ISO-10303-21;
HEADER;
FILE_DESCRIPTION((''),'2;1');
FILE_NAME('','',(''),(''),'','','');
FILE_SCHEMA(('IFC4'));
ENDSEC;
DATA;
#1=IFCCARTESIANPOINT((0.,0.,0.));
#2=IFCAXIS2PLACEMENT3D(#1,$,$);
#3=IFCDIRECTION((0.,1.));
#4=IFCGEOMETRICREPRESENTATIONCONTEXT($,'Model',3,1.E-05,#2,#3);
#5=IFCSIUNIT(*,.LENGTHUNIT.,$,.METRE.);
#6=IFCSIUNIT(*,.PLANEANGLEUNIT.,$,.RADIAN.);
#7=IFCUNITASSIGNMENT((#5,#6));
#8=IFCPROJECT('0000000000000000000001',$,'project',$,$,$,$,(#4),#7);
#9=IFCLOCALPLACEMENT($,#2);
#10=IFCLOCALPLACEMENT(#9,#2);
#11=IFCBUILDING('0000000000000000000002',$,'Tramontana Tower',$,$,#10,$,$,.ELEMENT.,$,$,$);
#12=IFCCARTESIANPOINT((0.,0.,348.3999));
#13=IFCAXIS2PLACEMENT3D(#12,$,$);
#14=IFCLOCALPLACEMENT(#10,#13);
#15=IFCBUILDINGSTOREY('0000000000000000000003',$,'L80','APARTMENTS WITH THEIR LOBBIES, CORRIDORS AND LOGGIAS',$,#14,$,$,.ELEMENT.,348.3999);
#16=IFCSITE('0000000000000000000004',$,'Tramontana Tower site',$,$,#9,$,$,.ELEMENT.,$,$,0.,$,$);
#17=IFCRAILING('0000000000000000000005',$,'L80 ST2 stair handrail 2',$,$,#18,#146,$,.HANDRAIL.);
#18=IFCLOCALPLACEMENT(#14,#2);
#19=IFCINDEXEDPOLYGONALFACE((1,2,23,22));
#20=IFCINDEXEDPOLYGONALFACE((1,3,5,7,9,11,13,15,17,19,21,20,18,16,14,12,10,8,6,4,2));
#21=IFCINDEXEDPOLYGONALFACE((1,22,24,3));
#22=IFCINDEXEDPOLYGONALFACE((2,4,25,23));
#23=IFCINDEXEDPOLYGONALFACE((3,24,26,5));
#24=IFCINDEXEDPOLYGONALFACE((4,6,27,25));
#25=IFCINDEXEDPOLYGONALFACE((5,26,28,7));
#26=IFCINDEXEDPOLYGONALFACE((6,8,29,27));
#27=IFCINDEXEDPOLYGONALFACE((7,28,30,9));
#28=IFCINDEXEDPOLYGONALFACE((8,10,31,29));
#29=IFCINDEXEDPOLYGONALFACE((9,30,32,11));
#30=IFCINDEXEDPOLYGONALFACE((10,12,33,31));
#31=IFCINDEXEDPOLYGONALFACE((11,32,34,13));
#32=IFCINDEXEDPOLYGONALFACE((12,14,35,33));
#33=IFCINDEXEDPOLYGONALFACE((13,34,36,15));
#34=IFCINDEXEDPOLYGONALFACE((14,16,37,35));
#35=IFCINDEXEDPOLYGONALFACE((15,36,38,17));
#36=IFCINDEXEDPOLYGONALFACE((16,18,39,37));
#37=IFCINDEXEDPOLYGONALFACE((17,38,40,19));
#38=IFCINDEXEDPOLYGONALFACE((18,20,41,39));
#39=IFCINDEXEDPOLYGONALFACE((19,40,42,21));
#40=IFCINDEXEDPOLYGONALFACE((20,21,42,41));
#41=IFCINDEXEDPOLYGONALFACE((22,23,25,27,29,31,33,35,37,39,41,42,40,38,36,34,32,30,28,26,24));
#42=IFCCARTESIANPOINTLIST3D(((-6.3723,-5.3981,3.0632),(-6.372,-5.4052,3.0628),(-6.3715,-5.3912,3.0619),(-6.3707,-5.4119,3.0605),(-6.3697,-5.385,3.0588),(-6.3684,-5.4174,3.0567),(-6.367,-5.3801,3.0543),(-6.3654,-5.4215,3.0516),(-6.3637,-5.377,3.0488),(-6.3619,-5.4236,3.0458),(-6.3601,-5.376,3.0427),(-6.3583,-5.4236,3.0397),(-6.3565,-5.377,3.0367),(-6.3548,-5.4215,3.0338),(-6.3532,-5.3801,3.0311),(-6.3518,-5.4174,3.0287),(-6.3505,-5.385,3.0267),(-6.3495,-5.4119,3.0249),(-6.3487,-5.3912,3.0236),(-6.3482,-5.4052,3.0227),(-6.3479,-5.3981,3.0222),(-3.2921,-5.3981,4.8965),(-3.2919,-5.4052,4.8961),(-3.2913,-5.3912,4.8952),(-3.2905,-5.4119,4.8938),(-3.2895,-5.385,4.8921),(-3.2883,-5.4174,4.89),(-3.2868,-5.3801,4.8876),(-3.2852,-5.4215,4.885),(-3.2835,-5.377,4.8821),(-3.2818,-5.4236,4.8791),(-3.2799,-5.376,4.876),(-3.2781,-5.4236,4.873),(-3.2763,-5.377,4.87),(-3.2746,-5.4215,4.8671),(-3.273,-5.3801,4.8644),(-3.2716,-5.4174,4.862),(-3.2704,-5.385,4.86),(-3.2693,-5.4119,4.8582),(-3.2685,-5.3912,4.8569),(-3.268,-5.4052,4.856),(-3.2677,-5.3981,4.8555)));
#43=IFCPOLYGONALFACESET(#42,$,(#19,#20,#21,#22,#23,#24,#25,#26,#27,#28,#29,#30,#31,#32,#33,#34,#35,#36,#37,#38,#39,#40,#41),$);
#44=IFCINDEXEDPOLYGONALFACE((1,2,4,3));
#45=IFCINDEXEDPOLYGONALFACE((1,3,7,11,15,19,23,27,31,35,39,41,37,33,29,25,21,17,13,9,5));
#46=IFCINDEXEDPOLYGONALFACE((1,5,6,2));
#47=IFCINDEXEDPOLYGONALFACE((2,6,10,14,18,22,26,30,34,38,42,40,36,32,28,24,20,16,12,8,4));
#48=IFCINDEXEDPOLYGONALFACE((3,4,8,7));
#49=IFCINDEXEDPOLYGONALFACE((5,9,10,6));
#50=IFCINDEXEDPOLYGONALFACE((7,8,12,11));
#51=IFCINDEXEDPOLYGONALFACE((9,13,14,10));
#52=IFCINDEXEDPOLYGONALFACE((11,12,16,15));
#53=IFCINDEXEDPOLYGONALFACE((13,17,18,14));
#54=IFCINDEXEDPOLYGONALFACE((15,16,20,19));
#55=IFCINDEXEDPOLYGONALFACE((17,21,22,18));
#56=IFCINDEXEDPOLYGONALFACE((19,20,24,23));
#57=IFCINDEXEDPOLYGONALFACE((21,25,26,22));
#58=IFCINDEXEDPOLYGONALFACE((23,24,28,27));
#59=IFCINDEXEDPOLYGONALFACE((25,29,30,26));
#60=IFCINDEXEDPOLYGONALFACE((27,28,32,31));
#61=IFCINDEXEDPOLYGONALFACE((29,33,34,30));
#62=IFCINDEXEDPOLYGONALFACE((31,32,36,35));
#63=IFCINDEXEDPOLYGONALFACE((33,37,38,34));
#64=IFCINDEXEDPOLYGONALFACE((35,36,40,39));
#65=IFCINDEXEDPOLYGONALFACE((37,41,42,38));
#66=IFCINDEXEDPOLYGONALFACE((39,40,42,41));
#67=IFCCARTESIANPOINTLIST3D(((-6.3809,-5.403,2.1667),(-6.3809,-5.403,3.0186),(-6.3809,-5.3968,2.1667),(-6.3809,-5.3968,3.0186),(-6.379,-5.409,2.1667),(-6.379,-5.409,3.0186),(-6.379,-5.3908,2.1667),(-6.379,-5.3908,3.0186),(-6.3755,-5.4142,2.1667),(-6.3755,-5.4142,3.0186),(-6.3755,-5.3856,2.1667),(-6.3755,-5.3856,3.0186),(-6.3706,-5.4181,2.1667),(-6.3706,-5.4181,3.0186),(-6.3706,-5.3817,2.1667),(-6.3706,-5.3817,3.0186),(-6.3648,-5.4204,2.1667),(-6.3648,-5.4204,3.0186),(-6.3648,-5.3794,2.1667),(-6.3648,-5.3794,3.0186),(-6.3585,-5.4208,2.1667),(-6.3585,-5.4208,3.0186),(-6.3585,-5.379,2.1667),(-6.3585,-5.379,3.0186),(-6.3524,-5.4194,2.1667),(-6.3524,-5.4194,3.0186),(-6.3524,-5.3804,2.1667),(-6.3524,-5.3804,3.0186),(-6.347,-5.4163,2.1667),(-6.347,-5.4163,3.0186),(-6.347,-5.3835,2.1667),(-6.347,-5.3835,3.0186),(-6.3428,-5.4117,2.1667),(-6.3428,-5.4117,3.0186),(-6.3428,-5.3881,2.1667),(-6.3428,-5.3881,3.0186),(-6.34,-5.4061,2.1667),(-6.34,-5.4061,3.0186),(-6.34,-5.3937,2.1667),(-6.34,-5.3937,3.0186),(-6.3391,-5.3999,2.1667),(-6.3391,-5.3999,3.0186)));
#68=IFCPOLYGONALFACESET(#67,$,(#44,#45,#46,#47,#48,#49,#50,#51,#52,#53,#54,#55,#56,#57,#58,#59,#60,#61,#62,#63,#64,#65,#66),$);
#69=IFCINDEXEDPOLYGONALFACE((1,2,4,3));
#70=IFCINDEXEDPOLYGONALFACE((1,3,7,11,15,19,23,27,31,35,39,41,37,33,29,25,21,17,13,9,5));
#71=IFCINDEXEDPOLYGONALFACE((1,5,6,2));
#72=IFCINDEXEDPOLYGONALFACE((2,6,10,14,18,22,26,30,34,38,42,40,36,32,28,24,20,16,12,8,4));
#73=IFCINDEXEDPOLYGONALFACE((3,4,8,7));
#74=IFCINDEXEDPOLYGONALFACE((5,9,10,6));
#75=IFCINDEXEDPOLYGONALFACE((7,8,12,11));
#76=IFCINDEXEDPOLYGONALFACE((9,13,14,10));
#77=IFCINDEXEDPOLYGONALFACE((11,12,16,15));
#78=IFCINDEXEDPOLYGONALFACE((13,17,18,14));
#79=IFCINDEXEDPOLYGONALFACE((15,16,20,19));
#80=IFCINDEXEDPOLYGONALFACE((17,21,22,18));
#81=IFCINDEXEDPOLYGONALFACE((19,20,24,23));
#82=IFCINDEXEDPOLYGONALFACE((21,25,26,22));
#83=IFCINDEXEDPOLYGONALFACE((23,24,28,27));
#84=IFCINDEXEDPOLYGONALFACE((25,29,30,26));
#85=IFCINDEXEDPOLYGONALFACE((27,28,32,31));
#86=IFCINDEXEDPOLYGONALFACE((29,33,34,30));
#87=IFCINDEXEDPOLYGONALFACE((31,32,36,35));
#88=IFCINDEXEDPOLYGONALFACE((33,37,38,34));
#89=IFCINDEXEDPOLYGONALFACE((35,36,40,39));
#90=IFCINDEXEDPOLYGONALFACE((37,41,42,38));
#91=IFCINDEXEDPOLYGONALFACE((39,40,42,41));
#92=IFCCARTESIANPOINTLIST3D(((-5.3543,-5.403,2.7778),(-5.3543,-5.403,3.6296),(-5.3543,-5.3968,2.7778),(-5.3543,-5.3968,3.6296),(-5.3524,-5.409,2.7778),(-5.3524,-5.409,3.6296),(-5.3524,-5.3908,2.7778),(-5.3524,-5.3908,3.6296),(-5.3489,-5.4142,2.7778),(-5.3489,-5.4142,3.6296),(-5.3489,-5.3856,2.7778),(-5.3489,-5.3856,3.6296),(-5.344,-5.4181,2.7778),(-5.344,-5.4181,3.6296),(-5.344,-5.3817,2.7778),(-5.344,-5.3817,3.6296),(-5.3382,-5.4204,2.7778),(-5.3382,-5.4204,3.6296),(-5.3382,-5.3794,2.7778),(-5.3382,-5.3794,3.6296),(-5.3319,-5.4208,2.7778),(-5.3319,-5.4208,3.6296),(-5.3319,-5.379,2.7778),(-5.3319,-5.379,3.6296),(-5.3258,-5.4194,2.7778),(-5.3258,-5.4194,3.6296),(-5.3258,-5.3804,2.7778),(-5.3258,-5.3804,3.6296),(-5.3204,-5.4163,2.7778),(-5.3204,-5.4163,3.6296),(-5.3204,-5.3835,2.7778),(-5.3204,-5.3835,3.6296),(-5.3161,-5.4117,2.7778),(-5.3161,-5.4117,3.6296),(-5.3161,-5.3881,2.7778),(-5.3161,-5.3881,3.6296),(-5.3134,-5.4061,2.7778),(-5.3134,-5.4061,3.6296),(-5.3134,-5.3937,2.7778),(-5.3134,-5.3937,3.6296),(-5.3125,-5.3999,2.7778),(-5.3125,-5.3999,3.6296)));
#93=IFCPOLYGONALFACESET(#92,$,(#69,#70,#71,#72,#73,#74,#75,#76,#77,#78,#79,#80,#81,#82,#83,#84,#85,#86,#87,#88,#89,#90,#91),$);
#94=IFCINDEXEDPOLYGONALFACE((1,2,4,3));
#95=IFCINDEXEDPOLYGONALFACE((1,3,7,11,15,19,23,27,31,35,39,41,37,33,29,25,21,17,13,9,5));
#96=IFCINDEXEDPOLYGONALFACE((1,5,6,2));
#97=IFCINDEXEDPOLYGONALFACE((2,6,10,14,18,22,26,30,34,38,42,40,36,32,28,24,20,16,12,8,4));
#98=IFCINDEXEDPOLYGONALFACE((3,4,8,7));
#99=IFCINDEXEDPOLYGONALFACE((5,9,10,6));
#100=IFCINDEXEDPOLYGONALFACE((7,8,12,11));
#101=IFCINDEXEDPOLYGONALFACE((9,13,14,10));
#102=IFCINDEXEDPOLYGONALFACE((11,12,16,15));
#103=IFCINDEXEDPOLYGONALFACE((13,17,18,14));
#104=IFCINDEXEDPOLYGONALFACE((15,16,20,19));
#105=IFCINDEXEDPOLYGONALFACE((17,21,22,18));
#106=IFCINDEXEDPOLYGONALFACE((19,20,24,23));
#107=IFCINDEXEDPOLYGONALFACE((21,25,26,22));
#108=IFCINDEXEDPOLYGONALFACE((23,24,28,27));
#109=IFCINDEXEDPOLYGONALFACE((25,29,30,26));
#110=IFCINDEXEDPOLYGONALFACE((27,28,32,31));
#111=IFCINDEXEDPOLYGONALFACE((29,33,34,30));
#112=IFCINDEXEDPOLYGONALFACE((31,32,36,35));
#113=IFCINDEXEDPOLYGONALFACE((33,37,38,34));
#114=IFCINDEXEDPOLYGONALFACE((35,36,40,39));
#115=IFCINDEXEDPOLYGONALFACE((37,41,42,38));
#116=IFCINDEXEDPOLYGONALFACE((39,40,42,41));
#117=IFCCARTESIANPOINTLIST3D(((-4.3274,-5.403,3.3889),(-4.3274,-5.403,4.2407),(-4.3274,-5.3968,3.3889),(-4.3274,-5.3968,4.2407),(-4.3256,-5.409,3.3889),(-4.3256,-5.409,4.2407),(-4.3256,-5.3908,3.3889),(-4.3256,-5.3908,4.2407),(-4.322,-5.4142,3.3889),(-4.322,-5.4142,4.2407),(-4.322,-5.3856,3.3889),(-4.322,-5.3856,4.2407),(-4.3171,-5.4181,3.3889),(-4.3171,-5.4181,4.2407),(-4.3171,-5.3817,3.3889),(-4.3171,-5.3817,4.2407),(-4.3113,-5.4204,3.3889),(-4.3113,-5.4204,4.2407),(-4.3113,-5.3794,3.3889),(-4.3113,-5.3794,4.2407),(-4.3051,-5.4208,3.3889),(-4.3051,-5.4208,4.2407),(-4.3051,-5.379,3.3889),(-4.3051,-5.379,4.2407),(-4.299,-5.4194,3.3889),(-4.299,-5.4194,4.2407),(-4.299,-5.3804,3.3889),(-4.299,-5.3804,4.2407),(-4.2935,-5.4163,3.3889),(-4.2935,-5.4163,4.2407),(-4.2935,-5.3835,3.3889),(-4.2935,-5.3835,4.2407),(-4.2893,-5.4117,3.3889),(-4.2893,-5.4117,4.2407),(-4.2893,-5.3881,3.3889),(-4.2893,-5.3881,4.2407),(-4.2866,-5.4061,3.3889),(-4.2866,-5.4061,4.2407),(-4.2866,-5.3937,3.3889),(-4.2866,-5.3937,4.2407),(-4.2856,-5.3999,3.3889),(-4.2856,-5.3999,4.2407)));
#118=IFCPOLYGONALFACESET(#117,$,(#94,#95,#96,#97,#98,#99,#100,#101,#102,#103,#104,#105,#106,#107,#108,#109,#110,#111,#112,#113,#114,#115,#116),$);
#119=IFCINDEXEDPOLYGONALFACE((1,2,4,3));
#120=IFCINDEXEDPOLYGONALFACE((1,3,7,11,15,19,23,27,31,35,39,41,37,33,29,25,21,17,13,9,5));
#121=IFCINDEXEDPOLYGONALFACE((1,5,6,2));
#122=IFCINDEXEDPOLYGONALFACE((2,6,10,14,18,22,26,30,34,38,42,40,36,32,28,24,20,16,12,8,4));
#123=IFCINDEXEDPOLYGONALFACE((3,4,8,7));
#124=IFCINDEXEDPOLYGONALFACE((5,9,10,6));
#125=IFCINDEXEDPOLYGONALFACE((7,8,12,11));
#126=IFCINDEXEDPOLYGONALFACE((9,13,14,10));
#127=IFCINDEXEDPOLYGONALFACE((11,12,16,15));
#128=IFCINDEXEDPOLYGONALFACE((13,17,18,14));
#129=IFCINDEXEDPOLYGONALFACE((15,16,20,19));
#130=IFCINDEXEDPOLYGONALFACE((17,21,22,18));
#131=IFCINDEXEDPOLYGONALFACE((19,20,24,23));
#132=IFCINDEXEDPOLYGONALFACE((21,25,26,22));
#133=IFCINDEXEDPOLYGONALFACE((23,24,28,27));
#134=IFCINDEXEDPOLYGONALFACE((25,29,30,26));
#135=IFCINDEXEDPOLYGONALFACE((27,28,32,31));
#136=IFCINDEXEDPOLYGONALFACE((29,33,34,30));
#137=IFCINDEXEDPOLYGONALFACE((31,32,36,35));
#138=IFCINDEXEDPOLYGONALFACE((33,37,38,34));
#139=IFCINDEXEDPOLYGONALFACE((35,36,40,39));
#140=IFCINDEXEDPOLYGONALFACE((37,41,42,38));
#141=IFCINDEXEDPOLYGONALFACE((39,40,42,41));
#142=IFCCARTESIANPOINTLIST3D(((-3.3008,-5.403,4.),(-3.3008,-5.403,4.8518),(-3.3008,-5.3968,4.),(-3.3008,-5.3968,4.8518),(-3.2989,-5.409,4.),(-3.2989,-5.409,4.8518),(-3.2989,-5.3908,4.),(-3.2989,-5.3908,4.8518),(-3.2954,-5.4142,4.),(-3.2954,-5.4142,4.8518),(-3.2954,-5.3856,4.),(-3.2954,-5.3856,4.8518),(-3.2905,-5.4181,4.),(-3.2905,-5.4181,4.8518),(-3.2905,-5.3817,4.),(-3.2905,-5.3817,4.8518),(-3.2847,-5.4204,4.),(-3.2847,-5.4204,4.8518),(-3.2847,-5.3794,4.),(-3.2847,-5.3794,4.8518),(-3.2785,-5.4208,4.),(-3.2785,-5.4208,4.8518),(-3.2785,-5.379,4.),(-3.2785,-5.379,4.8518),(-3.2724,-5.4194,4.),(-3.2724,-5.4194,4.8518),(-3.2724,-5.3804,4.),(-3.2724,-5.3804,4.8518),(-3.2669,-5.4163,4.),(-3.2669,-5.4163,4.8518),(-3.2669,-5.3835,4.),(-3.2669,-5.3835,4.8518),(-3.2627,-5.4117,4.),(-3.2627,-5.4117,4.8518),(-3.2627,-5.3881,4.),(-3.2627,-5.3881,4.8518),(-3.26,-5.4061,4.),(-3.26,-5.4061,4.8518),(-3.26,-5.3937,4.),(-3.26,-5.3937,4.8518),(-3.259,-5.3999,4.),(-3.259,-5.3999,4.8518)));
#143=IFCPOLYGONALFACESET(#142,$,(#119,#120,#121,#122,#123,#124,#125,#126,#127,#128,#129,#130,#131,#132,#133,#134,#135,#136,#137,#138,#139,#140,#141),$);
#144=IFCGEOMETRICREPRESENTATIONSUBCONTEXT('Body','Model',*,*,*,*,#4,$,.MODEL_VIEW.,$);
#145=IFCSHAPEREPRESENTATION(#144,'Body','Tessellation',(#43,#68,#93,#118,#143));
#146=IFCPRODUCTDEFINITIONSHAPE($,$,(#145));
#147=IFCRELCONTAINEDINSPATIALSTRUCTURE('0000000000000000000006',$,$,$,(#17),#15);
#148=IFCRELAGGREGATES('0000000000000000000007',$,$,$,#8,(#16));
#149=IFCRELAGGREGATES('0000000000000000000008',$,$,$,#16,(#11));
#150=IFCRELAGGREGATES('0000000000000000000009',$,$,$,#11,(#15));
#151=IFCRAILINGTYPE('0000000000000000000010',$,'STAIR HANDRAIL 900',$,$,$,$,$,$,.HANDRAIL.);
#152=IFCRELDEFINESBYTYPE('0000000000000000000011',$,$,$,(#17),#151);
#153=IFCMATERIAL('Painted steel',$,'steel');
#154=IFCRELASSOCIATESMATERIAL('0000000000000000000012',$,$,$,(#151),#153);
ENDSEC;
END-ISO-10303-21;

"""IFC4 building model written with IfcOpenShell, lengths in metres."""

from ifc_helpers import new_model, si_unit, direction, frame, origin, origin_2d, place, context, subcontext, project, spatial, circle, extrude, material, type_object, element, save


model = new_model("IFC4")

# Units and contexts
model_context = context("Model", 3, precision=1e-05, world=origin(), true_north=direction((0.0, 1.0)))
body_context = subcontext(model_context, "Body", "Model", "MODEL_VIEW")
ifc_project = project(units=[si_unit("LENGTHUNIT", "METRE"), si_unit("PLANEANGLEUNIT", "RADIAN")], contexts=[model_context])

# Site, building, storey
site_placement = place(None, origin())
site = spatial("IfcSite", under=ifc_project, at=site_placement, Name="Tramontana Tower site", CompositionType="ELEMENT", RefElevation=0.0)
building_placement = place(site_placement, origin())
building = spatial("IfcBuilding", under=site, at=building_placement, Name="Tramontana Tower", CompositionType="ELEMENT")
storey_placement = place(building_placement, frame((0.0, 0.0, 348.3999)))
storey = spatial("IfcBuildingStorey", under=building, at=storey_placement, Name="L80", Description="APARTMENTS WITH THEIR LOBBIES, CORRIDORS AND LOGGIAS", CompositionType="ELEMENT", Elevation=348.3999)

# Railing
ifc_material_1 = material(Name="Painted steel", Category="steel")
railing_type_1 = type_object("IfcRailingType", Name="STAIR HANDRAIL 900", PredefinedType="HANDRAIL", material=ifc_material_1)
railing_1_placement = place(storey_placement, frame((-6.3601, -5.3999, 2.1667)))
element("IfcRailing", 1, at=railing_1_placement, inside=storey, type_object=railing_type_1, Name="L80 ST2 stair handrail 2", PredefinedType="HANDRAIL", context=body_context, shape_type="SweptSolid", body=[
    extrude(circle(Radius=0.0239, at=origin_2d()), frame((0.0, 0.0, 0.876), z_axis=(0.859309, 0.0, 0.511458), x_axis=(0.0, 1.0, 0.0)), (0.0, 0.0, 1.0), 3.5845),
    extrude(circle(Radius=0.021, at=origin_2d()), origin(), (0.0, 0.0, 1.0), 0.8518),
    extrude(circle(Radius=0.021, at=origin_2d()), frame((1.0266, 0.0, 0.6111)), (0.0, 0.0, 1.0), 0.8518),
    extrude(circle(Radius=0.021, at=origin_2d()), frame((2.0535, 0.0, 1.2222)), (0.0, 0.0, 1.0), 0.8518),
    extrude(circle(Radius=0.021, at=origin_2d()), frame((3.0801, 0.0, 1.8333)), (0.0, 0.0, 1.0), 0.8518),
])

save(model, "model.ifc")
